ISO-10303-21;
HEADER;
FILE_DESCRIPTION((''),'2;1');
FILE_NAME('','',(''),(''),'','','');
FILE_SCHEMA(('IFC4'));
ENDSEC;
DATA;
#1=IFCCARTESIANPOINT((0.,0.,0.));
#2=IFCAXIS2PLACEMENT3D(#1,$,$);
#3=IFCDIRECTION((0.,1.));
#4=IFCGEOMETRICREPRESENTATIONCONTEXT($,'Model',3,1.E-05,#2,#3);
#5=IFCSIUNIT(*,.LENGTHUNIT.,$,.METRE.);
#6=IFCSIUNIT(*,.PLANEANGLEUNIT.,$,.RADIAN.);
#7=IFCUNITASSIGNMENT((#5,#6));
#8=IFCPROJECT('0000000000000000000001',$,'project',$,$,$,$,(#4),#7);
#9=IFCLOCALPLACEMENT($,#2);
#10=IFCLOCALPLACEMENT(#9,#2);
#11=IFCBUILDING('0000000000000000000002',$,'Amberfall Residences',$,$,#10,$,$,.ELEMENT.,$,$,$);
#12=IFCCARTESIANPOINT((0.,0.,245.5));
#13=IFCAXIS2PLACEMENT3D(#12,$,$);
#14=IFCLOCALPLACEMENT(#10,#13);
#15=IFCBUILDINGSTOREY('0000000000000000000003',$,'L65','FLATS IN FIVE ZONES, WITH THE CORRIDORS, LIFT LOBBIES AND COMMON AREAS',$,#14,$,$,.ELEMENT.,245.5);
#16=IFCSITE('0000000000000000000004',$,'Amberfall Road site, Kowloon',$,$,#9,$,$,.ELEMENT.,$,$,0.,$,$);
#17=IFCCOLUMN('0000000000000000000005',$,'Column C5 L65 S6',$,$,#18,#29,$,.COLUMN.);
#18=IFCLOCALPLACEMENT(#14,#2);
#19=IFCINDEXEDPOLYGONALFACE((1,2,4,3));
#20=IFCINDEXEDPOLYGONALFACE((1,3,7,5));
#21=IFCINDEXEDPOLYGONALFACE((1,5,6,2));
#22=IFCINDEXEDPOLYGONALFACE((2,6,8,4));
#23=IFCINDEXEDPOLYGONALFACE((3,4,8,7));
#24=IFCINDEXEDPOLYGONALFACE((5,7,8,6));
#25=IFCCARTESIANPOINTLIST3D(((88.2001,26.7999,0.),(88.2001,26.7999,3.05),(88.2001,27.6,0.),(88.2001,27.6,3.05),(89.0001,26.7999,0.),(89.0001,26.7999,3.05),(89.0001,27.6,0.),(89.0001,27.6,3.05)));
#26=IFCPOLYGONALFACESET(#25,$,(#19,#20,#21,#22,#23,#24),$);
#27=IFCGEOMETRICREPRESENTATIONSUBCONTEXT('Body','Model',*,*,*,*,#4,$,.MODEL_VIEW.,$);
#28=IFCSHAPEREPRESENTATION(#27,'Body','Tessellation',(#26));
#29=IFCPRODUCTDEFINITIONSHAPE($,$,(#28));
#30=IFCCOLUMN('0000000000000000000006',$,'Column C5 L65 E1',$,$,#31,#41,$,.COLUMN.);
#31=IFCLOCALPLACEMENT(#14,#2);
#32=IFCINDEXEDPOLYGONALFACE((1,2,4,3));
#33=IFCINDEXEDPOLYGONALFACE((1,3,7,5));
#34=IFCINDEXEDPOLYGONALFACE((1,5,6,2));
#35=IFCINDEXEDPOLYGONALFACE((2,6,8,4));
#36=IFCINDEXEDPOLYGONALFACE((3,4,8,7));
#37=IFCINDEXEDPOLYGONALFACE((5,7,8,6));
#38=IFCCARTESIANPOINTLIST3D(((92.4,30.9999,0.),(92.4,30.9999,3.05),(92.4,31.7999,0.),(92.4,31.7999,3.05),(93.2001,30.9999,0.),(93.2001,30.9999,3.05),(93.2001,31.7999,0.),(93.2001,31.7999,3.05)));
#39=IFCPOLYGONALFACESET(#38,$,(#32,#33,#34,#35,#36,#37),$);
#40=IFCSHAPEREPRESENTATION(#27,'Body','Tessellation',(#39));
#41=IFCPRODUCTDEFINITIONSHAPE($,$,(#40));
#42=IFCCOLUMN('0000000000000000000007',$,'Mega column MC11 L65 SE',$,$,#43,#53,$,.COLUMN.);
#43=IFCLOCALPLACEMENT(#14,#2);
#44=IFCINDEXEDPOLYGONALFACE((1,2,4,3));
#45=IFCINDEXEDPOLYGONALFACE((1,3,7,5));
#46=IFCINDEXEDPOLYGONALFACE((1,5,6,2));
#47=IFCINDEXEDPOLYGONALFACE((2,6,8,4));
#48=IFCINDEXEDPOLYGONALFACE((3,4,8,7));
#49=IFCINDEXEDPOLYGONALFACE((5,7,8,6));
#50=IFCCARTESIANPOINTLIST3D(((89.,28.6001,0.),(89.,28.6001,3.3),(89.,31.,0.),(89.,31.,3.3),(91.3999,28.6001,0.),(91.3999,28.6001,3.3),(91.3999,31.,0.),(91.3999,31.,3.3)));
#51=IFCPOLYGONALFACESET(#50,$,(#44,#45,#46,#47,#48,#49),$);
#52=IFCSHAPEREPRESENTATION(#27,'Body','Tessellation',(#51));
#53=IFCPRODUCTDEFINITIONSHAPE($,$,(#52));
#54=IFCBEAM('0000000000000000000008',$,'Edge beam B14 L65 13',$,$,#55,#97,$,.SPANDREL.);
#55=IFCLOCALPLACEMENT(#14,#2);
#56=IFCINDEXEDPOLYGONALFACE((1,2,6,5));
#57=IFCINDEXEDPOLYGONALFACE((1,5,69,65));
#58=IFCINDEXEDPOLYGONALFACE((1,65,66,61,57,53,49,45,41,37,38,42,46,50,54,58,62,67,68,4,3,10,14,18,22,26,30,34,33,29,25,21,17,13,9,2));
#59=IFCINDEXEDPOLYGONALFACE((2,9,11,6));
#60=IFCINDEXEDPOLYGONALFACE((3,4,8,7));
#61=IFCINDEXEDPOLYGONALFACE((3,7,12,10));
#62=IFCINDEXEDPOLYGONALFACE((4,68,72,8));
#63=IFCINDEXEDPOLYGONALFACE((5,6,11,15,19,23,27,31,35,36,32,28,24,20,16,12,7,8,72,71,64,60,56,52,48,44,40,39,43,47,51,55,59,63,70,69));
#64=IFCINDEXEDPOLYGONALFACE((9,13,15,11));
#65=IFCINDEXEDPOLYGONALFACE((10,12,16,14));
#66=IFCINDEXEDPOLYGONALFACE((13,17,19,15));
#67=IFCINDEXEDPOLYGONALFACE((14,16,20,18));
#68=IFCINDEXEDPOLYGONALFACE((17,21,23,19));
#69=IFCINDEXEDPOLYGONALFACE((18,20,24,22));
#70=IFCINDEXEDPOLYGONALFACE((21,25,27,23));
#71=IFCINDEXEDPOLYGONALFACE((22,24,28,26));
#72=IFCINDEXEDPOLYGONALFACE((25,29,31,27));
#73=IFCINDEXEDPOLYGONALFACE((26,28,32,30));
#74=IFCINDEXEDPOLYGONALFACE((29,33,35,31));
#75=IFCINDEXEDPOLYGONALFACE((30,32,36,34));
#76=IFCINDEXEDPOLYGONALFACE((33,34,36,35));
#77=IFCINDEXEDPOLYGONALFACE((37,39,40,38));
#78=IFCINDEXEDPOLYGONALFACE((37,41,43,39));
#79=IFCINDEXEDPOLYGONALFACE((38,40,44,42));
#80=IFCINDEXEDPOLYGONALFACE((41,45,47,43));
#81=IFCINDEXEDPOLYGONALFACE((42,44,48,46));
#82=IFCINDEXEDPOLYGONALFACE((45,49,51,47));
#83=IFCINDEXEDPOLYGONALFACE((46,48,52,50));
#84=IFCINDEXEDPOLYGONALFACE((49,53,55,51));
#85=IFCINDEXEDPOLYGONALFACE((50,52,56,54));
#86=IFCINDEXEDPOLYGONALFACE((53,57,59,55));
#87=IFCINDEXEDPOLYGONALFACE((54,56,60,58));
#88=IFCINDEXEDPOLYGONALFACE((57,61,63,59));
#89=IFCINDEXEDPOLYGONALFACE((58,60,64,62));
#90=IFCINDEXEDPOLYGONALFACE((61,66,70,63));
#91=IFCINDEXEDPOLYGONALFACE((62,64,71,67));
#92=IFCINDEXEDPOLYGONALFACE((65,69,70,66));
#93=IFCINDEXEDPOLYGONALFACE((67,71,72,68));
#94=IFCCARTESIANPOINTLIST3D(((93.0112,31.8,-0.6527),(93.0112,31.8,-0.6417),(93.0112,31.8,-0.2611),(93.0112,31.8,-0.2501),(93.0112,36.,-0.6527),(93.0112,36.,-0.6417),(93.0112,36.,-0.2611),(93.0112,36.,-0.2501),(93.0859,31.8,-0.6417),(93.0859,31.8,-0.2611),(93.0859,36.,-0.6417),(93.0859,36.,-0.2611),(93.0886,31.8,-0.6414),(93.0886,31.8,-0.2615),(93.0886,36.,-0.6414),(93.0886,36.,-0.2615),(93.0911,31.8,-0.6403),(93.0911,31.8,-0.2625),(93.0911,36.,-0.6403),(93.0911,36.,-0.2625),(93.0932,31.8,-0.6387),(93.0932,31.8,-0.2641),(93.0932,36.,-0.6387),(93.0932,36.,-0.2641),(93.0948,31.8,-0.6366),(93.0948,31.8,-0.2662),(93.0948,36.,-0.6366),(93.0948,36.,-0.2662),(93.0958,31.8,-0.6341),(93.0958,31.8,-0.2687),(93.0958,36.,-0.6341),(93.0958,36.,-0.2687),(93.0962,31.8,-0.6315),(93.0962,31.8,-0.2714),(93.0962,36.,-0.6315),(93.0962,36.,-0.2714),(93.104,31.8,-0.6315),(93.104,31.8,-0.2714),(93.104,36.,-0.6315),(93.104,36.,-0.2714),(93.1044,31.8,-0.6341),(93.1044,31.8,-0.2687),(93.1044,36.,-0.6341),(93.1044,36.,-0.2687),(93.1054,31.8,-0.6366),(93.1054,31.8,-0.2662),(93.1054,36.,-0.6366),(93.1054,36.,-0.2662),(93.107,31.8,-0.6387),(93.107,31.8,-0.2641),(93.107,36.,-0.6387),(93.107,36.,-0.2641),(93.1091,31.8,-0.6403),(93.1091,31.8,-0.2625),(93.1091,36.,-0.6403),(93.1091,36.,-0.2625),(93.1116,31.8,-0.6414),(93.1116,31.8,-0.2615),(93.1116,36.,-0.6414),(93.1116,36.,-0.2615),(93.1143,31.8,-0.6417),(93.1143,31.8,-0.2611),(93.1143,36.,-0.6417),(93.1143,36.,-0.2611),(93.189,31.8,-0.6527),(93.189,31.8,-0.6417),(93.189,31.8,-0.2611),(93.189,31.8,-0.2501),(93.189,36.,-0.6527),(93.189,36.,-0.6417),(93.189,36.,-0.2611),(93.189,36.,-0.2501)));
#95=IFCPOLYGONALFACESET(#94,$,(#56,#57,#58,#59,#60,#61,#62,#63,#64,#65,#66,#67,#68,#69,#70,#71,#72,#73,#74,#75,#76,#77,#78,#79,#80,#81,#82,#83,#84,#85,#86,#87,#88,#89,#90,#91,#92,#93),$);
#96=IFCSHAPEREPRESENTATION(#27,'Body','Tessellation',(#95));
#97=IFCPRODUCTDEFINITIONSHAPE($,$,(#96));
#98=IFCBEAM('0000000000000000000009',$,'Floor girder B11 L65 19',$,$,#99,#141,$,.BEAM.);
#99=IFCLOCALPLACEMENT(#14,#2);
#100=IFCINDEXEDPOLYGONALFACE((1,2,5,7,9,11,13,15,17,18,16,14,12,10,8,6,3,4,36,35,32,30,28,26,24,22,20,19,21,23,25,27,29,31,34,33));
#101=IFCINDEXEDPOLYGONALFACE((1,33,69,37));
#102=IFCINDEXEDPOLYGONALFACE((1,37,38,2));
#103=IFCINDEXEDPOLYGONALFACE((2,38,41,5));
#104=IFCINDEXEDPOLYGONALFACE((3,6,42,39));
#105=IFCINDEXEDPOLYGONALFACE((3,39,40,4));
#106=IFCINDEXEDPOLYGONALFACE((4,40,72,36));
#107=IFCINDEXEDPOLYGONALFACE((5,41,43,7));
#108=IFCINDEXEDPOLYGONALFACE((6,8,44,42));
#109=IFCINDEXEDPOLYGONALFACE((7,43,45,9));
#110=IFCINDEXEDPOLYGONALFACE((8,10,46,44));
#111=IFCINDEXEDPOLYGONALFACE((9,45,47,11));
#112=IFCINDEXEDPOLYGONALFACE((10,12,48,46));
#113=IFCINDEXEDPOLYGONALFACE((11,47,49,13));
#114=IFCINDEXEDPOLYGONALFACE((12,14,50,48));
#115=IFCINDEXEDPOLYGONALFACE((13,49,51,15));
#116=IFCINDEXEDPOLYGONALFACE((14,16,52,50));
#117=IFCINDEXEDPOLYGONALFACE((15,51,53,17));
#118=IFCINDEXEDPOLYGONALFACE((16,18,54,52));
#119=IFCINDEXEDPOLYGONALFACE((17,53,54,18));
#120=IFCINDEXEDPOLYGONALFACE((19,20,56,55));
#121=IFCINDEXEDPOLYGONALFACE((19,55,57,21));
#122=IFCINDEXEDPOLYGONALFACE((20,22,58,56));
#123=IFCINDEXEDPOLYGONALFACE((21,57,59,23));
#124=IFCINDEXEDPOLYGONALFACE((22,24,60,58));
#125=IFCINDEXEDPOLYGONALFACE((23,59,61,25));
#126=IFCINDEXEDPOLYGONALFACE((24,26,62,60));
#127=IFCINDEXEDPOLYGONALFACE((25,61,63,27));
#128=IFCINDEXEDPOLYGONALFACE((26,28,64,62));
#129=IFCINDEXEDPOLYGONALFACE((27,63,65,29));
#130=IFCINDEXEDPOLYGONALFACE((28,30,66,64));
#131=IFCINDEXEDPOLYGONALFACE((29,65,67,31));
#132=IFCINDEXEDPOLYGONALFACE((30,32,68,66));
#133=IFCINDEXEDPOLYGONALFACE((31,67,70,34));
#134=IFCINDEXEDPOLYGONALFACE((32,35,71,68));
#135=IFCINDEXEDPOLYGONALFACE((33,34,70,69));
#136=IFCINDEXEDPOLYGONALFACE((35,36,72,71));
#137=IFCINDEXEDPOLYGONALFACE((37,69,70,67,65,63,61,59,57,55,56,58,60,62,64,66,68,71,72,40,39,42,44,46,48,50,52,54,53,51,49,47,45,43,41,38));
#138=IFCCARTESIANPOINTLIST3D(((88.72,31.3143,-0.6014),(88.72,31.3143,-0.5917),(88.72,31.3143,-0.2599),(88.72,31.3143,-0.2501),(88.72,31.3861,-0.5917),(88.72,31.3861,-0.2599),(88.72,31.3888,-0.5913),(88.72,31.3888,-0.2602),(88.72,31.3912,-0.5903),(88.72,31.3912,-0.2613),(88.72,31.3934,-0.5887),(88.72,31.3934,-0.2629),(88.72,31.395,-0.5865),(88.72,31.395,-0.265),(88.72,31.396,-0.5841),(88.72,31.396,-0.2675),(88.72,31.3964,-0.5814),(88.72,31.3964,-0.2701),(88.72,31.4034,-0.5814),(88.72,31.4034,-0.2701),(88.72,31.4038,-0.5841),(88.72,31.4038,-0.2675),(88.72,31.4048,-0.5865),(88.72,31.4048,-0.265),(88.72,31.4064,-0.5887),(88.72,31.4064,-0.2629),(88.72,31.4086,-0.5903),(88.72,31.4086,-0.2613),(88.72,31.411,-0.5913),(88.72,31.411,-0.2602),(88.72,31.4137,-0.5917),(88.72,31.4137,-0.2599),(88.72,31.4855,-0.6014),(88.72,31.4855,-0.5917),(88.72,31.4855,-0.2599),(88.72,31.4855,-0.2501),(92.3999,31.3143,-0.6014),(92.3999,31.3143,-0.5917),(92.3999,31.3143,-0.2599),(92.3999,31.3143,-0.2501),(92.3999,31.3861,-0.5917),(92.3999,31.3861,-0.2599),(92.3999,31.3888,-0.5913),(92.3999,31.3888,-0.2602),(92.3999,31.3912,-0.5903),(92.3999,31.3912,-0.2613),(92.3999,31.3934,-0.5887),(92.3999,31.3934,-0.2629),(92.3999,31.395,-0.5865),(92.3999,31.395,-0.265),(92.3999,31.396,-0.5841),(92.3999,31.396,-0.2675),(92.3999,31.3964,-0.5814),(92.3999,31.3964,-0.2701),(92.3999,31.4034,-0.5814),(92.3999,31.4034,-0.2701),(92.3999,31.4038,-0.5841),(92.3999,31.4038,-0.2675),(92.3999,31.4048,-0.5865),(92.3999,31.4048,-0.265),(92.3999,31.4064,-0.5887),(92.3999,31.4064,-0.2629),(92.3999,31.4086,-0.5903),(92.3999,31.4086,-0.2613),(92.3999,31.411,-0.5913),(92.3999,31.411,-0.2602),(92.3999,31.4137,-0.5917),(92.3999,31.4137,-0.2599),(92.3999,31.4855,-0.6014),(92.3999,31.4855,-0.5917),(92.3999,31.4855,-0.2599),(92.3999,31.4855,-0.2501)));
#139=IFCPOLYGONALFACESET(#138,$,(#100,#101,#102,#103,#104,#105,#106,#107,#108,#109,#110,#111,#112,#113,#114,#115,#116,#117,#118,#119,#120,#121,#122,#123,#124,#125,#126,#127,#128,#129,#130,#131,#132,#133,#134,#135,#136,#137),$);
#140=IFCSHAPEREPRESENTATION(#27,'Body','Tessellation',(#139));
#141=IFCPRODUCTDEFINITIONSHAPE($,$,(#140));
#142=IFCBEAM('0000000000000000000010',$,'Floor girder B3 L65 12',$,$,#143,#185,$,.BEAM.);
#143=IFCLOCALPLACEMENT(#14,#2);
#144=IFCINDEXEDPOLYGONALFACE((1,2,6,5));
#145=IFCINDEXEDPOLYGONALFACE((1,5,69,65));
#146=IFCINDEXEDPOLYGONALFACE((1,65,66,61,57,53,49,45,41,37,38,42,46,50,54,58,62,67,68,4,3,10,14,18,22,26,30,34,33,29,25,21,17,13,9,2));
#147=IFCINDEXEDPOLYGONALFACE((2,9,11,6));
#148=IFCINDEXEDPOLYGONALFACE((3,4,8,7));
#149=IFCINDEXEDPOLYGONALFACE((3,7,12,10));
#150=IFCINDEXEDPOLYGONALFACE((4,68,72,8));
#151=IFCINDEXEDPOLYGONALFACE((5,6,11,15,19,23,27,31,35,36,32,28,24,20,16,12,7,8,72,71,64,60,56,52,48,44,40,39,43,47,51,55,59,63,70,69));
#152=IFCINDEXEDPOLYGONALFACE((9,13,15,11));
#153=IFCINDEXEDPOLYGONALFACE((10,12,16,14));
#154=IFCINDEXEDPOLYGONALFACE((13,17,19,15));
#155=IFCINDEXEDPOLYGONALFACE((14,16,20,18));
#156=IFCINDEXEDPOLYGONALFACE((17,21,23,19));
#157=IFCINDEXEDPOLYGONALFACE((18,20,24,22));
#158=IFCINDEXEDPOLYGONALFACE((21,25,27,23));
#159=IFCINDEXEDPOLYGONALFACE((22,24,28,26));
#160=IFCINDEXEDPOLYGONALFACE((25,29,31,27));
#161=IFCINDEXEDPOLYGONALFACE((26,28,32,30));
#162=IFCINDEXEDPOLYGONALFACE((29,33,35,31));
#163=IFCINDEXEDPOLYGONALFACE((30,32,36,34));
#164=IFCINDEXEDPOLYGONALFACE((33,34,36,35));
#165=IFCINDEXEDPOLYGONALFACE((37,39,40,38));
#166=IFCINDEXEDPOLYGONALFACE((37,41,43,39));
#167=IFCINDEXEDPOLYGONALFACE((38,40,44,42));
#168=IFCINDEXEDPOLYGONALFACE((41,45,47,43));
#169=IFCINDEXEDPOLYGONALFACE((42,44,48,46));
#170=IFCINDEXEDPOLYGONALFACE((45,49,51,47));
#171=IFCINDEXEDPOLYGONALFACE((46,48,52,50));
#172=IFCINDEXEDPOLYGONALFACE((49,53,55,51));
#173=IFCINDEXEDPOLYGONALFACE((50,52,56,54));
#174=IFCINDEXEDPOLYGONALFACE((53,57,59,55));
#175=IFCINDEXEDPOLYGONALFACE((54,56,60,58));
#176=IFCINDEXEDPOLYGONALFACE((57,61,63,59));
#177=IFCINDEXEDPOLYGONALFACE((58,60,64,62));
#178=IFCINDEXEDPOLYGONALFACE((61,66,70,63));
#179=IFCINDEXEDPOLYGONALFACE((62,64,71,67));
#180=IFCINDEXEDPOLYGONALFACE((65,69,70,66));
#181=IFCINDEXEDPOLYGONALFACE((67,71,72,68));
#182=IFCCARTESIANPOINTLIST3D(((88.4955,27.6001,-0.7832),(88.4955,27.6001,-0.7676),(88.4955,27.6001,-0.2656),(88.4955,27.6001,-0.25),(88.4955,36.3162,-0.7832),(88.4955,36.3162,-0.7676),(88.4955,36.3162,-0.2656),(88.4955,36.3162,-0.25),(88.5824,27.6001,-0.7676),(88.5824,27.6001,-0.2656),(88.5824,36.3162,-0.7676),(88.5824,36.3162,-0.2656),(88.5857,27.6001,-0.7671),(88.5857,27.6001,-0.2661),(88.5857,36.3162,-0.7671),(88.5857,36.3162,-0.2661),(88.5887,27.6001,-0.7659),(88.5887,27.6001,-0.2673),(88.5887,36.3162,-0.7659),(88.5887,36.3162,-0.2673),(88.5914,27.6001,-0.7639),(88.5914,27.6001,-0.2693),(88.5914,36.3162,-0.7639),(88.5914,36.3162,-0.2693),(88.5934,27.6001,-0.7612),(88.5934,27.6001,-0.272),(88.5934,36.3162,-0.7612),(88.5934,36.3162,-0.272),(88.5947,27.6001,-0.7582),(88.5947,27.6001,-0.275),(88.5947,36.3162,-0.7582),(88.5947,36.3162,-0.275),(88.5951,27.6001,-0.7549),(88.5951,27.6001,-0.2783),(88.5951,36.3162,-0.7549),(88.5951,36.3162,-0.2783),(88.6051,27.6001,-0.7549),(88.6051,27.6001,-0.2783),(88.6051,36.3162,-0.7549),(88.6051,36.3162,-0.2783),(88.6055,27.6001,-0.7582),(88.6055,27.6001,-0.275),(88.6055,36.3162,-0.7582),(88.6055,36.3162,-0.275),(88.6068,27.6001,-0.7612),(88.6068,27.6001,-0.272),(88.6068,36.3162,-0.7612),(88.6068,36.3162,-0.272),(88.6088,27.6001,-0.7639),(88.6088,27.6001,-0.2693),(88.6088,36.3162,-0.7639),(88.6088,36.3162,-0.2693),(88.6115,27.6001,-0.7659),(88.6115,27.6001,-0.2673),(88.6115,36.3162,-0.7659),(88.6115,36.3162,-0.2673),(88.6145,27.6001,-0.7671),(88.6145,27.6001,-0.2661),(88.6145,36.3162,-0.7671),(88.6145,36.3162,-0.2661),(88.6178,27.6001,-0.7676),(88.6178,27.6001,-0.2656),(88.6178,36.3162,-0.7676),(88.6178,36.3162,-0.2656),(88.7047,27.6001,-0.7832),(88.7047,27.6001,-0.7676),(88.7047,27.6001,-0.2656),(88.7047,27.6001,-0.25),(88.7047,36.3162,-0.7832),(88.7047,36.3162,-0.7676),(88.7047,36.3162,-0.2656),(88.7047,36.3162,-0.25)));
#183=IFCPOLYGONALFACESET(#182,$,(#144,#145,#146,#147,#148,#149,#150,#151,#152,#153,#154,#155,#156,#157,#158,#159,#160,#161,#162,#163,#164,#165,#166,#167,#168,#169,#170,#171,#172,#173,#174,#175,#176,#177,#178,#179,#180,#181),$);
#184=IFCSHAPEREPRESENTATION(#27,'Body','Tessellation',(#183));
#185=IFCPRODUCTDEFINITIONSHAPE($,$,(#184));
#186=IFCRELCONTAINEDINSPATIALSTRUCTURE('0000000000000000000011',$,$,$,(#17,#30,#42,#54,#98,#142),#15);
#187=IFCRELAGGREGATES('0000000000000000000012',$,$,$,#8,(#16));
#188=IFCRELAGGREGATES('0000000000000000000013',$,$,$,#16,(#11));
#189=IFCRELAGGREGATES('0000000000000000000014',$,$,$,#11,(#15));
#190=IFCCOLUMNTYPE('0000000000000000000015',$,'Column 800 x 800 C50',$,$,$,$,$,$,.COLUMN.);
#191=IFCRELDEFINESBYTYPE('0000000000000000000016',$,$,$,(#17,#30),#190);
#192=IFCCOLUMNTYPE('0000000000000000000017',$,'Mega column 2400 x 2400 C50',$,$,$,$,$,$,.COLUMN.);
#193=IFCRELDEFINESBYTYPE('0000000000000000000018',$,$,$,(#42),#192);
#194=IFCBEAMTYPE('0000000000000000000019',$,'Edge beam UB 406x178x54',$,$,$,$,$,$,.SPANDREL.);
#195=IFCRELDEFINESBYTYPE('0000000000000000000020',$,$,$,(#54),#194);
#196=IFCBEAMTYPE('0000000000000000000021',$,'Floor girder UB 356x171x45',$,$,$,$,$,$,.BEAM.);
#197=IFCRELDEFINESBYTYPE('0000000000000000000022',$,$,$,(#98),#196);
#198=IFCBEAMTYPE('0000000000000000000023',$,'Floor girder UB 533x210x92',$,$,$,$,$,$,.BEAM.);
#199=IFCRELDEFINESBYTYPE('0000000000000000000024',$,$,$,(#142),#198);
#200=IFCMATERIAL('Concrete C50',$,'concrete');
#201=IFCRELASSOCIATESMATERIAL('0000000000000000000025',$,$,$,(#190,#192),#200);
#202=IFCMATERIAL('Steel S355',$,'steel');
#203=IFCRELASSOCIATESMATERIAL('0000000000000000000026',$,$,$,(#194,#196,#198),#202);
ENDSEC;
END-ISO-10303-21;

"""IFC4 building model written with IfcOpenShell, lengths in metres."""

from ifc_helpers import new_model, si_unit, direction, frame, origin, origin_2d, place, context, subcontext, project, spatial, rectangle, i_section, extrude, material, material_profile, profile_set, type_object, element, save


model = new_model("IFC4")

# Units and contexts
model_context = context("Model", 3, precision=1e-05, world=origin(), true_north=direction((0.0, 1.0)))
body_context = subcontext(model_context, "Body", "Model", "MODEL_VIEW")
ifc_project = project(units=[si_unit("LENGTHUNIT", "METRE"), si_unit("PLANEANGLEUNIT", "RADIAN")], contexts=[model_context])

# Site, building, storey
site_placement = place(None, origin())
site = spatial("IfcSite", under=ifc_project, at=site_placement, Name="Amberfall Road site, Kowloon", CompositionType="ELEMENT", RefElevation=0.0)
building_placement = place(site_placement, origin())
building = spatial("IfcBuilding", under=site, at=building_placement, Name="Amberfall Residences", CompositionType="ELEMENT")
storey_placement = place(building_placement, frame((0.0, 0.0, 245.5)))
storey = spatial("IfcBuildingStorey", under=building, at=storey_placement, Name="L65", Description="FLATS IN FIVE ZONES, WITH THE CORRIDORS, LIFT LOBBIES AND COMMON AREAS", CompositionType="ELEMENT", Elevation=245.5)

# Columns
ifc_material_1 = material(Name="Concrete C50", Category="concrete")
ifc_material_profile_1 = material_profile(ifc_material_1, rectangle(XDim=0.8, YDim=0.8, at=origin_2d()), Name="Column 800 x 800 C50")
ifc_profile_set_1 = profile_set([ifc_material_profile_1], Name="Concrete C50")
column_type_1 = type_object("IfcColumnType", Name="Column 800 x 800 C50", PredefinedType="COLUMN", material=ifc_profile_set_1)
for number, where, z_axis, x_axis, name in (
    (1, (88.6001, 27.2, 0.0), (0.0, 0.0, 1.0), (1.0, 0.0, 0.0), "Column C5 L65 S6"),
    (2, (92.8, 31.3999, 0.0), (0.0, 0.0, 1.0), (1.0, 0.0, 0.0), "Column C5 L65 E1"),
):
    element("IfcColumn", number, at=place(storey_placement, frame(where, z_axis=z_axis, x_axis=x_axis)), inside=storey, type_object=column_type_1, Name=name, PredefinedType="COLUMN", context=body_context, shape_type="SweptSolid", body=[
        extrude(rectangle(XDim=0.8, YDim=0.8, at=origin_2d()), origin(), (0.0, 0.0, 1.0), 3.05),
    ])
ifc_material_profile_2 = material_profile(ifc_material_1, rectangle(XDim=2.3999, YDim=2.3999, at=origin_2d()), Name="Mega column 2400 x 2400 C50")
ifc_profile_set_2 = profile_set([ifc_material_profile_2], Name="Concrete C50")
column_type_2 = type_object("IfcColumnType", Name="Mega column 2400 x 2400 C50", PredefinedType="COLUMN", material=ifc_profile_set_2)
column_placement = place(storey_placement, frame((90.2, 29.8, 0.0), z_axis=(0.0, 0.0, 1.0), x_axis=(1.0, 0.0, 0.0)))
element("IfcColumn", 3, at=column_placement, inside=storey, type_object=column_type_2, Name="Mega column MC11 L65 SE", PredefinedType="COLUMN", context=body_context, shape_type="SweptSolid", body=[
    extrude(rectangle(XDim=2.3999, YDim=2.3999, at=origin_2d()), origin(), (0.0, 0.0, 1.0), 3.3),
])

# Beams
ifc_material_2 = material(Name="Steel S355", Category="steel")
ifc_material_profile_3 = material_profile(ifc_material_2, i_section(OverallWidth=0.1777, OverallDepth=0.4026, WebThickness=0.0078, FlangeThickness=0.011, FilletRadius=0.0103, at=origin_2d()), Name="UB 406x178x54")
ifc_profile_set_3 = profile_set([ifc_material_profile_3], Name="Steel S355")
beam_type_1 = type_object("IfcBeamType", Name="Edge beam UB 406x178x54", PredefinedType="SPANDREL", material=ifc_profile_set_3)
beam_1_placement = place(storey_placement, frame((93.1001, 31.8, -0.4514), z_axis=(0.0, 1.0, 0.0), x_axis=(-1.0, 0.0, 0.0)))
element("IfcBeam", 4, at=beam_1_placement, inside=storey, type_object=beam_type_1, Name="Edge beam B14 L65 13", PredefinedType="SPANDREL", context=body_context, shape_type="SweptSolid", body=[
    extrude(i_section(OverallWidth=0.1777, OverallDepth=0.4026, WebThickness=0.0078, FlangeThickness=0.011, FilletRadius=0.0103, at=origin_2d()), origin(), (0.0, 0.0, 1.0), 4.2),
])
ifc_material_profile_4 = material_profile(ifc_material_2, i_section(OverallWidth=0.1711, OverallDepth=0.3513, WebThickness=0.0071, FlangeThickness=0.0098, FilletRadius=0.0103, at=origin_2d()), Name="UB 356x171x45")
ifc_profile_set_4 = profile_set([ifc_material_profile_4], Name="Steel S355")
beam_type_2 = type_object("IfcBeamType", Name="Floor girder UB 356x171x45", PredefinedType="BEAM", material=ifc_profile_set_4)
beam_2_placement = place(storey_placement, frame((92.3999, 31.3999, -0.4258), z_axis=(-1.0, 0.0, 0.0), x_axis=(0.0, -1.0, 0.0)))
element("IfcBeam", 5, at=beam_2_placement, inside=storey, type_object=beam_type_2, Name="Floor girder B11 L65 19", PredefinedType="BEAM", context=body_context, shape_type="SweptSolid", body=[
    extrude(i_section(OverallWidth=0.1711, OverallDepth=0.3513, WebThickness=0.0071, FlangeThickness=0.0098, FilletRadius=0.0103, at=origin_2d()), origin(), (0.0, 0.0, 1.0), 3.6799),
])
ifc_material_profile_5 = material_profile(ifc_material_2, i_section(OverallWidth=0.2092, OverallDepth=0.5332, WebThickness=0.01, FlangeThickness=0.0156, FilletRadius=0.0127, at=origin_2d()), Name="UB 533x210x92")
ifc_profile_set_5 = profile_set([ifc_material_profile_5], Name="Steel S355")
beam_type_3 = type_object("IfcBeamType", Name="Floor girder UB 533x210x92", PredefinedType="BEAM", material=ifc_profile_set_5)
beam_3_placement = place(storey_placement, frame((88.6001, 27.6001, -0.5166), z_axis=(0.0, 1.0, 0.0), x_axis=(-1.0, 0.0, 0.0)))
element("IfcBeam", 6, at=beam_3_placement, inside=storey, type_object=beam_type_3, Name="Floor girder B3 L65 12", PredefinedType="BEAM", context=body_context, shape_type="SweptSolid", body=[
    extrude(i_section(OverallWidth=0.2092, OverallDepth=0.5332, WebThickness=0.01, FlangeThickness=0.0156, FilletRadius=0.0127, at=origin_2d()), origin(), (0.0, 0.0, 1.0), 8.7161),
])

save(model, "model.ifc")
